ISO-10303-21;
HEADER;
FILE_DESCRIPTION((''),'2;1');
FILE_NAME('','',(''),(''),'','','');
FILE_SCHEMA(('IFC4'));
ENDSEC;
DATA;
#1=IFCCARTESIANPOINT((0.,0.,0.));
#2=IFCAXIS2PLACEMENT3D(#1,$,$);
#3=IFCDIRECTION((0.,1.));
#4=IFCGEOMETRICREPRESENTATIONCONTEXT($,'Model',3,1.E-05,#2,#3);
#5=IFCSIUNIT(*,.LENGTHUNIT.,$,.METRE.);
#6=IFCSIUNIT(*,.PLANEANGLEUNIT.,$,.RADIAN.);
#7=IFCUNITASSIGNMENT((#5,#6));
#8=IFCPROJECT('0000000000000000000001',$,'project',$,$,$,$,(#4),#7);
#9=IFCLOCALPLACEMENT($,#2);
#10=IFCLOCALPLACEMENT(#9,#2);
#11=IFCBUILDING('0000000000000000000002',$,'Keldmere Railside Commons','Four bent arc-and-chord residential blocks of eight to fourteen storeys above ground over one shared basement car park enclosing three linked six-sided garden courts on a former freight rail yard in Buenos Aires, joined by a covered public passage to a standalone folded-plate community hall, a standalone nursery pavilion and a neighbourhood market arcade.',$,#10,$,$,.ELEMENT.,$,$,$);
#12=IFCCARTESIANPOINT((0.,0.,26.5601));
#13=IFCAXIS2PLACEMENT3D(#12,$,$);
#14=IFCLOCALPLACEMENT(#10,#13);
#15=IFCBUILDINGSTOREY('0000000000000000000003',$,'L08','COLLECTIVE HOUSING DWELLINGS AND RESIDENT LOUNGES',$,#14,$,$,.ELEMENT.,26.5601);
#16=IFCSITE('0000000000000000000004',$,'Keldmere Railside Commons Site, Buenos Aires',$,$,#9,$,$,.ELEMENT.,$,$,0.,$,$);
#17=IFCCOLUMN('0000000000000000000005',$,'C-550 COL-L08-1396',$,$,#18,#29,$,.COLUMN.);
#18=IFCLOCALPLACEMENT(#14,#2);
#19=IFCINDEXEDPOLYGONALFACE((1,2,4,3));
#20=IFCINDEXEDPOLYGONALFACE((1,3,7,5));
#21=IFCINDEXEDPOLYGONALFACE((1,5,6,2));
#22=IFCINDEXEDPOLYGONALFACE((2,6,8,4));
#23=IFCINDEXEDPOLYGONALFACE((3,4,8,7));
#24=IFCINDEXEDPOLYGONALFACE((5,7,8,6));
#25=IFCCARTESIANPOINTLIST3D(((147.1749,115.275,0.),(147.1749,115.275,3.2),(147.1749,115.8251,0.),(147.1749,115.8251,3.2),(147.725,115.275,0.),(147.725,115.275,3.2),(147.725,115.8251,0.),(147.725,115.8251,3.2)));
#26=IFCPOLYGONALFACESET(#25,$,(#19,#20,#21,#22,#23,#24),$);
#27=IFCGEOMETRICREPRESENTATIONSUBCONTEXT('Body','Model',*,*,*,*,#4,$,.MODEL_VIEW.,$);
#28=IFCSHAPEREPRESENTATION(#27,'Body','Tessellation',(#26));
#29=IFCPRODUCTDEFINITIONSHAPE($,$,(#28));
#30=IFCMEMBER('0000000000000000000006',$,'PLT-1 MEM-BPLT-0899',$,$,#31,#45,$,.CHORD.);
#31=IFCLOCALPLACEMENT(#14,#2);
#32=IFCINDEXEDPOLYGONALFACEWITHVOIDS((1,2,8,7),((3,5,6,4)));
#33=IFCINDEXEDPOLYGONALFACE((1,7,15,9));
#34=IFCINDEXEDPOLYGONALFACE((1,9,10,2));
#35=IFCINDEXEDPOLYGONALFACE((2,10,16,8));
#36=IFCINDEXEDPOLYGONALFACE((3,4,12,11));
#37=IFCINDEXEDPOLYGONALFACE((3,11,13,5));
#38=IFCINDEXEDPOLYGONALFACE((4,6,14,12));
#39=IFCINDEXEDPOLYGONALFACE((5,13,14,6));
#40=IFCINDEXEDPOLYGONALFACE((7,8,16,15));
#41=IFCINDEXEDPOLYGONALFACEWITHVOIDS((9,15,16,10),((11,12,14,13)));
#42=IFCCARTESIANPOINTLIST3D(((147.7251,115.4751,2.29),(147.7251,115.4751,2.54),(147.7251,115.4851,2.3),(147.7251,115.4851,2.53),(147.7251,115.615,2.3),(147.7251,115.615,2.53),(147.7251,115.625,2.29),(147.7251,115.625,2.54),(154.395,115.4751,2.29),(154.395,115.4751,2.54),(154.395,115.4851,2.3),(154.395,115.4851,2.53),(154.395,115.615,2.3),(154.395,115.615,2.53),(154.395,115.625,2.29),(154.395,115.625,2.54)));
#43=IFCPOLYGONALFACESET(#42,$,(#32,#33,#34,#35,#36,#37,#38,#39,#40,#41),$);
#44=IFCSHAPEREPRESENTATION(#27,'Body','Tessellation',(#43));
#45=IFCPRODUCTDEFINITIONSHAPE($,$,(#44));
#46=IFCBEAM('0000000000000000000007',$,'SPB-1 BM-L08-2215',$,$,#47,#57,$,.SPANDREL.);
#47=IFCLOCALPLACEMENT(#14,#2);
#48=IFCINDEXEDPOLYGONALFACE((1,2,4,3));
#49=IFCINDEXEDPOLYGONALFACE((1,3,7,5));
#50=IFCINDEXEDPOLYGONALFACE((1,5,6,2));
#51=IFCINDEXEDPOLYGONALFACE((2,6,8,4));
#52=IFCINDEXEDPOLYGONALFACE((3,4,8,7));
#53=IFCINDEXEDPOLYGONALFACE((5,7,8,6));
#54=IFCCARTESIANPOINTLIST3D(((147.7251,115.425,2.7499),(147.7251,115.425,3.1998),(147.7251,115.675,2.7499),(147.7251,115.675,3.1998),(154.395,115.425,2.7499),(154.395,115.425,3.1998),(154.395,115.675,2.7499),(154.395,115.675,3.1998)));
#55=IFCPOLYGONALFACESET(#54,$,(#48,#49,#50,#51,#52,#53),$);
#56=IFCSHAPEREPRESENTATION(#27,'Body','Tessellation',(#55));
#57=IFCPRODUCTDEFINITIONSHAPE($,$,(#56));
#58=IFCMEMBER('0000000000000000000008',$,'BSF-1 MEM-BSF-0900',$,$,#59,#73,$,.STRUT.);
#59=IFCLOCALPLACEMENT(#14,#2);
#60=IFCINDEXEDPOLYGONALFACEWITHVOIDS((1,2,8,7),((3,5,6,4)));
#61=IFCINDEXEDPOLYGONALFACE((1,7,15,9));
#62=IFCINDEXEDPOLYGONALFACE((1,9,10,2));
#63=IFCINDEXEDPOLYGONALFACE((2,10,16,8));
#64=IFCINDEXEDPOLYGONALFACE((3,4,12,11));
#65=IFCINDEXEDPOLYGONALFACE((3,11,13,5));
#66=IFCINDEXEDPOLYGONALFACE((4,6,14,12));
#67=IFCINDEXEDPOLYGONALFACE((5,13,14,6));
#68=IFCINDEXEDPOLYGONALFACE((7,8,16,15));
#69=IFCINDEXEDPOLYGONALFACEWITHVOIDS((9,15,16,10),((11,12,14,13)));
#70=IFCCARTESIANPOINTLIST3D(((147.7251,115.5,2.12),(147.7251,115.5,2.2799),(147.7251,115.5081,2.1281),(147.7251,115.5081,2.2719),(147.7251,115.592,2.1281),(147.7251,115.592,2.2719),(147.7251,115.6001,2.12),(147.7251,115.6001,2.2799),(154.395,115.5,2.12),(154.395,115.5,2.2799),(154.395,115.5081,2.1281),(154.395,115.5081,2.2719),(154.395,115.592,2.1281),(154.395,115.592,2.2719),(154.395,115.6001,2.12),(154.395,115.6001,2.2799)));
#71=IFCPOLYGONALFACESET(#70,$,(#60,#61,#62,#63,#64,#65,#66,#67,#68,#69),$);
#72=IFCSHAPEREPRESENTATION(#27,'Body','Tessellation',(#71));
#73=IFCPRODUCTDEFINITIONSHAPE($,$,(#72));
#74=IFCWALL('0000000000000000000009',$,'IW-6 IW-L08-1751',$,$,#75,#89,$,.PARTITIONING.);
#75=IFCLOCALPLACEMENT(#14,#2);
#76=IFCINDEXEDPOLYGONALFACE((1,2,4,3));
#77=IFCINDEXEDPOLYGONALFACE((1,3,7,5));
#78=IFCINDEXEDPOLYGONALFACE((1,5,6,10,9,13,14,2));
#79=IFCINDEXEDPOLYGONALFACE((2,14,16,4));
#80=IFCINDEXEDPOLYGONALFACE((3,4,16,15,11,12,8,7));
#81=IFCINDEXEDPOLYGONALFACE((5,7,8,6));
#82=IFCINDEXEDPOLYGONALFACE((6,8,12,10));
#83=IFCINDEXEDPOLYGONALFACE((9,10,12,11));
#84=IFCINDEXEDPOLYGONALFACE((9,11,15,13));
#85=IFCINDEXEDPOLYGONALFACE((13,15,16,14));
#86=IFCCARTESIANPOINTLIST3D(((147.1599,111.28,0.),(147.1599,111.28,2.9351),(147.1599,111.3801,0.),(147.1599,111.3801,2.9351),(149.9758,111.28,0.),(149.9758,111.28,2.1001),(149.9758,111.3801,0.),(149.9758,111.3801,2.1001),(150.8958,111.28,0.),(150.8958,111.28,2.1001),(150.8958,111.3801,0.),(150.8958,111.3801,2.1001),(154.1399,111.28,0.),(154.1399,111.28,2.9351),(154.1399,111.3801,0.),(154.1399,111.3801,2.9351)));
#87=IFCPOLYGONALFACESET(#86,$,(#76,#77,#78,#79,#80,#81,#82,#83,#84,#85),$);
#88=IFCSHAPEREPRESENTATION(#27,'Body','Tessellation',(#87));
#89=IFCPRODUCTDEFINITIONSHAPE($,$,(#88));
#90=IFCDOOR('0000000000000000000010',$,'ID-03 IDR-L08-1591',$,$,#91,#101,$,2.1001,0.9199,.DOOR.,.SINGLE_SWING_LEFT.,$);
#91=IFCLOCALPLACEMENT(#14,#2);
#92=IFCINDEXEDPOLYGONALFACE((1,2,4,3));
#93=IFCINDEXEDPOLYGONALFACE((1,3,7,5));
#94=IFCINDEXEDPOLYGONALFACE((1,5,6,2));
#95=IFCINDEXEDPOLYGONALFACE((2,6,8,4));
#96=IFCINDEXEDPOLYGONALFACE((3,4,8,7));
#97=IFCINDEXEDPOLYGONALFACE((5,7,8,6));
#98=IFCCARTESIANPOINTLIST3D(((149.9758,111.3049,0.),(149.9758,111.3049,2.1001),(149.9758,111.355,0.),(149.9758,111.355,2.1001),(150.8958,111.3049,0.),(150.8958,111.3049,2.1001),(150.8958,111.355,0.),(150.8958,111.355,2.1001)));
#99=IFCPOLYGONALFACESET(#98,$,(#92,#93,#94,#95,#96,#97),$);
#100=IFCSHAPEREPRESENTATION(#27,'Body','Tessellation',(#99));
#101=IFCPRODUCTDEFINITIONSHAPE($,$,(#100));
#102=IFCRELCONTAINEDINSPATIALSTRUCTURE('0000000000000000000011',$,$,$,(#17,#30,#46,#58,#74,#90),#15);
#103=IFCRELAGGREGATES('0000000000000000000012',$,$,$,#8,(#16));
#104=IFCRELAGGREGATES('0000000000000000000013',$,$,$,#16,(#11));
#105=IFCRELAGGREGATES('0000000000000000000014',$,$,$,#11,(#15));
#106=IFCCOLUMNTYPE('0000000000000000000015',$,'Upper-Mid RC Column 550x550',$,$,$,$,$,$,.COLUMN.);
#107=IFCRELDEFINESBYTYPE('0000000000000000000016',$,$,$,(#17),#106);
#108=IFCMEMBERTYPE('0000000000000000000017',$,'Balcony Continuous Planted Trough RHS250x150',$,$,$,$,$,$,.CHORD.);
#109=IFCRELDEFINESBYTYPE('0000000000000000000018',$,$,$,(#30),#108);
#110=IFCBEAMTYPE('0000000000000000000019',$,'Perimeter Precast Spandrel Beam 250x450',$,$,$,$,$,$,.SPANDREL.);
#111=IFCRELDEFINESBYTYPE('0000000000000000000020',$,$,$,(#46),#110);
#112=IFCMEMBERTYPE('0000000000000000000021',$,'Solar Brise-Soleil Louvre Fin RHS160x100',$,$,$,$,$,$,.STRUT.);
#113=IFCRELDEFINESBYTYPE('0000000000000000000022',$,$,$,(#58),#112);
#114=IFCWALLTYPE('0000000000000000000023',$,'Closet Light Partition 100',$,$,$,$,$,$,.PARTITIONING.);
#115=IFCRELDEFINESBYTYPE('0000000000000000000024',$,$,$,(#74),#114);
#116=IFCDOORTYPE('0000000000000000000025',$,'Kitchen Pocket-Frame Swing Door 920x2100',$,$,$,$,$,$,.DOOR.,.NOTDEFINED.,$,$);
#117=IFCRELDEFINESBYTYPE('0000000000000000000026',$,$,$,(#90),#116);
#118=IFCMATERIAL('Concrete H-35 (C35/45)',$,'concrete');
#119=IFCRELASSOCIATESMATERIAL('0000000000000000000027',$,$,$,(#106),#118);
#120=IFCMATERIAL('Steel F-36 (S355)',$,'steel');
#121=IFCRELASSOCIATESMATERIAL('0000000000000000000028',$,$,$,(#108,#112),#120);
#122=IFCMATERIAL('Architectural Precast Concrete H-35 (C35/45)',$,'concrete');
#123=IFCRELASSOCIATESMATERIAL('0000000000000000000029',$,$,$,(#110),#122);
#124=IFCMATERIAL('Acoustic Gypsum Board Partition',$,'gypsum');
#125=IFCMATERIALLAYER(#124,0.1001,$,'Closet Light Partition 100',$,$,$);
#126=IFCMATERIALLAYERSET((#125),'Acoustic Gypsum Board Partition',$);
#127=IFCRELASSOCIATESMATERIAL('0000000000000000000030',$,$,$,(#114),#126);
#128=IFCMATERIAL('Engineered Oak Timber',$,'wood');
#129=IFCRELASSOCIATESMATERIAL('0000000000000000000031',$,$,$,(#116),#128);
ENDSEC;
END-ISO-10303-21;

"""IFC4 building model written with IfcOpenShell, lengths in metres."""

from ifc_helpers import new_model, si_unit, direction, frame, frame_2d, origin, origin_2d, place, context, subcontext, project, spatial, rectangle, hollow_rectangle, extrude, material, layer, layer_set, material_profile, profile_set, type_object, element, fill, save


model = new_model("IFC4")

# Units and contexts
model_context = context("Model", 3, precision=1e-05, world=origin(), true_north=direction((0.0, 1.0)))
body_context = subcontext(model_context, "Body", "Model", "MODEL_VIEW")
ifc_project = project(units=[si_unit("LENGTHUNIT", "METRE"), si_unit("PLANEANGLEUNIT", "RADIAN")], contexts=[model_context])

# Site, building, storey
site_placement = place(None, origin())
site = spatial("IfcSite", under=ifc_project, at=site_placement, Name="Keldmere Railside Commons Site, Buenos Aires", CompositionType="ELEMENT", RefElevation=0.0)
building_placement = place(site_placement, origin())
building = spatial("IfcBuilding", under=site, at=building_placement, Name="Keldmere Railside Commons", Description="Four bent arc-and-chord residential blocks of eight to fourteen storeys above ground over one shared basement car park enclosing three linked six-sided garden courts on a former freight rail yard in Buenos Aires, joined by a covered public passage to a standalone folded-plate community hall, a standalone nursery pavilion and a neighbourhood market arcade.", CompositionType="ELEMENT")
storey_placement = place(building_placement, frame((0.0, 0.0, 26.5601)))
storey = spatial("IfcBuildingStorey", under=building, at=storey_placement, Name="L08", Description="COLLECTIVE HOUSING DWELLINGS AND RESIDENT LOUNGES", CompositionType="ELEMENT", Elevation=26.5601)

# Column
ifc_material_1 = material(Name="Concrete H-35 (C35/45)", Category="concrete")
ifc_material_profile_1 = material_profile(ifc_material_1, rectangle(XDim=0.55, YDim=0.55, at=origin_2d()), Name="RC-550x550")
ifc_profile_set_1 = profile_set([ifc_material_profile_1], Name="Concrete H-35 (C35/45)")
column_type = type_object("IfcColumnType", Name="Upper-Mid RC Column 550x550", PredefinedType="COLUMN", material=ifc_profile_set_1)
column_placement = place(storey_placement, frame((147.45, 115.55, 0.0), z_axis=(0.0, 0.0, 1.0), x_axis=(1.0, 0.0, 0.0)))
element("IfcColumn", 1, at=column_placement, inside=storey, type_object=column_type, Name="C-550 COL-L08-1396", PredefinedType="COLUMN", context=body_context, shape_type="SweptSolid", body=[
    extrude(rectangle(XDim=0.55, YDim=0.55, at=origin_2d()), origin(), (0.0, 0.0, 1.0), 3.2),
])

# Member
ifc_material_2 = material(Name="Steel F-36 (S355)", Category="steel")
ifc_material_profile_2 = material_profile(ifc_material_2, hollow_rectangle(XDim=0.1499, YDim=0.25, WallThickness=0.01, at=origin_2d()), Name="RHS-250x150x10")
ifc_profile_set_2 = profile_set([ifc_material_profile_2], Name="Steel F-36 (S355)")
member_type_1 = type_object("IfcMemberType", Name="Balcony Continuous Planted Trough RHS250x150", PredefinedType="CHORD", material=ifc_profile_set_2)
member_1_placement = place(storey_placement, frame((147.7251, 115.55, 2.415), z_axis=(1.0, 0.0, 0.0), x_axis=(0.0, 1.0, 0.0)))
element("IfcMember", 2, at=member_1_placement, inside=storey, type_object=member_type_1, Name="PLT-1 MEM-BPLT-0899", PredefinedType="CHORD", context=body_context, shape_type="SweptSolid", body=[
    extrude(hollow_rectangle(XDim=0.1499, YDim=0.25, WallThickness=0.01, at=origin_2d()), origin(), (0.0, 0.0, 1.0), 6.6699),
])

# Beam
ifc_material_3 = material(Name="Architectural Precast Concrete H-35 (C35/45)", Category="concrete")
ifc_material_profile_3 = material_profile(ifc_material_3, rectangle(XDim=0.25, YDim=0.45, at=origin_2d()), Name="RC-250x450")
ifc_profile_set_3 = profile_set([ifc_material_profile_3], Name="Architectural Precast Concrete H-35 (C35/45)")
beam_type = type_object("IfcBeamType", Name="Perimeter Precast Spandrel Beam 250x450", PredefinedType="SPANDREL", material=ifc_profile_set_3)
beam_placement = place(storey_placement, frame((147.7251, 115.55, 2.9749), z_axis=(1.0, 0.0, 0.0), x_axis=(0.0, 1.0, 0.0)))
element("IfcBeam", 3, at=beam_placement, inside=storey, type_object=beam_type, Name="SPB-1 BM-L08-2215", PredefinedType="SPANDREL", context=body_context, shape_type="SweptSolid", body=[
    extrude(rectangle(XDim=0.25, YDim=0.45, at=origin_2d()), origin(), (0.0, 0.0, 1.0), 6.6699),
])

# Member
ifc_material_profile_4 = material_profile(ifc_material_2, hollow_rectangle(XDim=0.1001, YDim=0.1599, WallThickness=0.0081, at=origin_2d()), Name="RHS-160x100x8")
ifc_profile_set_4 = profile_set([ifc_material_profile_4], Name="Steel F-36 (S355)")
member_type_2 = type_object("IfcMemberType", Name="Solar Brise-Soleil Louvre Fin RHS160x100", PredefinedType="STRUT", material=ifc_profile_set_4)
member_2_placement = place(storey_placement, frame((147.7251, 115.55, 2.2), z_axis=(1.0, 0.0, 0.0), x_axis=(0.0, 1.0, 0.0)))
element("IfcMember", 4, at=member_2_placement, inside=storey, type_object=member_type_2, Name="BSF-1 MEM-BSF-0900", PredefinedType="STRUT", context=body_context, shape_type="SweptSolid", body=[
    extrude(hollow_rectangle(XDim=0.1001, YDim=0.1599, WallThickness=0.0081, at=origin_2d()), origin(), (0.0, 0.0, 1.0), 6.6699),
])

# Wall, opening, door
ifc_material_4 = material(Name="Acoustic Gypsum Board Partition", Category="gypsum")
ifc_layer_1 = layer(ifc_material_4, 0.1001, Name="Closet Light Partition 100")
ifc_layer_set_1 = layer_set([ifc_layer_1], Name="Acoustic Gypsum Board Partition")
wall_type_1 = type_object("IfcWallType", Name="Closet Light Partition 100", PredefinedType="PARTITIONING", material=ifc_layer_set_1)
wall_1_placement = place(storey_placement, frame((147.1599, 111.3301, 0.0), z_axis=(0.0, 0.0, 1.0), x_axis=(1.0, 0.0, 0.0)))
wall_1 = element("IfcWall", 5, at=wall_1_placement, inside=storey, type_object=wall_type_1, Name="IW-6 IW-L08-1751", PredefinedType="PARTITIONING", context=body_context, shape_type="SweptSolid", body=[
    extrude(rectangle(XDim=6.98, YDim=0.1001, at=frame_2d((3.49, 0.0))), origin(), (0.0, 0.0, 1.0), 2.9351),
])
opening_1_placement = place(wall_1_placement, frame((2.8159, 0.0, 0.0)))
opening_1 = element("IfcOpeningElement", 6, at=opening_1_placement, cuts=wall_1, PredefinedType="OPENING", context=body_context, shape_type="SweptSolid", body=[
    extrude(rectangle(XDim=0.9199, YDim=2.1001, at=frame_2d((0.46, 1.05))), frame((0.0, 0.0601, 0.0), z_axis=(0.0, -1.0, 0.0), x_axis=(1.0, 0.0, 0.0)), (0.0, 0.0, 1.0), 0.1201),
])
ifc_material_5 = material(Name="Engineered Oak Timber", Category="wood")
door_type_1 = type_object("IfcDoorType", Name="Kitchen Pocket-Frame Swing Door 920x2100", OperationType="NOTDEFINED", PredefinedType="DOOR", material=ifc_material_5)
door_1_placement = place(opening_1_placement, origin())
door_1 = element("IfcDoor", 7, at=door_1_placement, inside=storey, type_object=door_type_1, Name="ID-03 IDR-L08-1591", OperationType="SINGLE_SWING_LEFT", OverallHeight=2.1001, OverallWidth=0.9199, PredefinedType="DOOR", context=body_context, shape_type="SweptSolid", body=[
    extrude(rectangle(XDim=0.9199, YDim=2.1001, at=frame_2d((0.46, 1.05))), frame((0.0, 0.0249, 0.0), z_axis=(0.0, -1.0, 0.0), x_axis=(1.0, 0.0, 0.0)), (0.0, 0.0, 1.0), 0.05),
])
fill(opening_1, door_1)

save(model, "model.ifc")
